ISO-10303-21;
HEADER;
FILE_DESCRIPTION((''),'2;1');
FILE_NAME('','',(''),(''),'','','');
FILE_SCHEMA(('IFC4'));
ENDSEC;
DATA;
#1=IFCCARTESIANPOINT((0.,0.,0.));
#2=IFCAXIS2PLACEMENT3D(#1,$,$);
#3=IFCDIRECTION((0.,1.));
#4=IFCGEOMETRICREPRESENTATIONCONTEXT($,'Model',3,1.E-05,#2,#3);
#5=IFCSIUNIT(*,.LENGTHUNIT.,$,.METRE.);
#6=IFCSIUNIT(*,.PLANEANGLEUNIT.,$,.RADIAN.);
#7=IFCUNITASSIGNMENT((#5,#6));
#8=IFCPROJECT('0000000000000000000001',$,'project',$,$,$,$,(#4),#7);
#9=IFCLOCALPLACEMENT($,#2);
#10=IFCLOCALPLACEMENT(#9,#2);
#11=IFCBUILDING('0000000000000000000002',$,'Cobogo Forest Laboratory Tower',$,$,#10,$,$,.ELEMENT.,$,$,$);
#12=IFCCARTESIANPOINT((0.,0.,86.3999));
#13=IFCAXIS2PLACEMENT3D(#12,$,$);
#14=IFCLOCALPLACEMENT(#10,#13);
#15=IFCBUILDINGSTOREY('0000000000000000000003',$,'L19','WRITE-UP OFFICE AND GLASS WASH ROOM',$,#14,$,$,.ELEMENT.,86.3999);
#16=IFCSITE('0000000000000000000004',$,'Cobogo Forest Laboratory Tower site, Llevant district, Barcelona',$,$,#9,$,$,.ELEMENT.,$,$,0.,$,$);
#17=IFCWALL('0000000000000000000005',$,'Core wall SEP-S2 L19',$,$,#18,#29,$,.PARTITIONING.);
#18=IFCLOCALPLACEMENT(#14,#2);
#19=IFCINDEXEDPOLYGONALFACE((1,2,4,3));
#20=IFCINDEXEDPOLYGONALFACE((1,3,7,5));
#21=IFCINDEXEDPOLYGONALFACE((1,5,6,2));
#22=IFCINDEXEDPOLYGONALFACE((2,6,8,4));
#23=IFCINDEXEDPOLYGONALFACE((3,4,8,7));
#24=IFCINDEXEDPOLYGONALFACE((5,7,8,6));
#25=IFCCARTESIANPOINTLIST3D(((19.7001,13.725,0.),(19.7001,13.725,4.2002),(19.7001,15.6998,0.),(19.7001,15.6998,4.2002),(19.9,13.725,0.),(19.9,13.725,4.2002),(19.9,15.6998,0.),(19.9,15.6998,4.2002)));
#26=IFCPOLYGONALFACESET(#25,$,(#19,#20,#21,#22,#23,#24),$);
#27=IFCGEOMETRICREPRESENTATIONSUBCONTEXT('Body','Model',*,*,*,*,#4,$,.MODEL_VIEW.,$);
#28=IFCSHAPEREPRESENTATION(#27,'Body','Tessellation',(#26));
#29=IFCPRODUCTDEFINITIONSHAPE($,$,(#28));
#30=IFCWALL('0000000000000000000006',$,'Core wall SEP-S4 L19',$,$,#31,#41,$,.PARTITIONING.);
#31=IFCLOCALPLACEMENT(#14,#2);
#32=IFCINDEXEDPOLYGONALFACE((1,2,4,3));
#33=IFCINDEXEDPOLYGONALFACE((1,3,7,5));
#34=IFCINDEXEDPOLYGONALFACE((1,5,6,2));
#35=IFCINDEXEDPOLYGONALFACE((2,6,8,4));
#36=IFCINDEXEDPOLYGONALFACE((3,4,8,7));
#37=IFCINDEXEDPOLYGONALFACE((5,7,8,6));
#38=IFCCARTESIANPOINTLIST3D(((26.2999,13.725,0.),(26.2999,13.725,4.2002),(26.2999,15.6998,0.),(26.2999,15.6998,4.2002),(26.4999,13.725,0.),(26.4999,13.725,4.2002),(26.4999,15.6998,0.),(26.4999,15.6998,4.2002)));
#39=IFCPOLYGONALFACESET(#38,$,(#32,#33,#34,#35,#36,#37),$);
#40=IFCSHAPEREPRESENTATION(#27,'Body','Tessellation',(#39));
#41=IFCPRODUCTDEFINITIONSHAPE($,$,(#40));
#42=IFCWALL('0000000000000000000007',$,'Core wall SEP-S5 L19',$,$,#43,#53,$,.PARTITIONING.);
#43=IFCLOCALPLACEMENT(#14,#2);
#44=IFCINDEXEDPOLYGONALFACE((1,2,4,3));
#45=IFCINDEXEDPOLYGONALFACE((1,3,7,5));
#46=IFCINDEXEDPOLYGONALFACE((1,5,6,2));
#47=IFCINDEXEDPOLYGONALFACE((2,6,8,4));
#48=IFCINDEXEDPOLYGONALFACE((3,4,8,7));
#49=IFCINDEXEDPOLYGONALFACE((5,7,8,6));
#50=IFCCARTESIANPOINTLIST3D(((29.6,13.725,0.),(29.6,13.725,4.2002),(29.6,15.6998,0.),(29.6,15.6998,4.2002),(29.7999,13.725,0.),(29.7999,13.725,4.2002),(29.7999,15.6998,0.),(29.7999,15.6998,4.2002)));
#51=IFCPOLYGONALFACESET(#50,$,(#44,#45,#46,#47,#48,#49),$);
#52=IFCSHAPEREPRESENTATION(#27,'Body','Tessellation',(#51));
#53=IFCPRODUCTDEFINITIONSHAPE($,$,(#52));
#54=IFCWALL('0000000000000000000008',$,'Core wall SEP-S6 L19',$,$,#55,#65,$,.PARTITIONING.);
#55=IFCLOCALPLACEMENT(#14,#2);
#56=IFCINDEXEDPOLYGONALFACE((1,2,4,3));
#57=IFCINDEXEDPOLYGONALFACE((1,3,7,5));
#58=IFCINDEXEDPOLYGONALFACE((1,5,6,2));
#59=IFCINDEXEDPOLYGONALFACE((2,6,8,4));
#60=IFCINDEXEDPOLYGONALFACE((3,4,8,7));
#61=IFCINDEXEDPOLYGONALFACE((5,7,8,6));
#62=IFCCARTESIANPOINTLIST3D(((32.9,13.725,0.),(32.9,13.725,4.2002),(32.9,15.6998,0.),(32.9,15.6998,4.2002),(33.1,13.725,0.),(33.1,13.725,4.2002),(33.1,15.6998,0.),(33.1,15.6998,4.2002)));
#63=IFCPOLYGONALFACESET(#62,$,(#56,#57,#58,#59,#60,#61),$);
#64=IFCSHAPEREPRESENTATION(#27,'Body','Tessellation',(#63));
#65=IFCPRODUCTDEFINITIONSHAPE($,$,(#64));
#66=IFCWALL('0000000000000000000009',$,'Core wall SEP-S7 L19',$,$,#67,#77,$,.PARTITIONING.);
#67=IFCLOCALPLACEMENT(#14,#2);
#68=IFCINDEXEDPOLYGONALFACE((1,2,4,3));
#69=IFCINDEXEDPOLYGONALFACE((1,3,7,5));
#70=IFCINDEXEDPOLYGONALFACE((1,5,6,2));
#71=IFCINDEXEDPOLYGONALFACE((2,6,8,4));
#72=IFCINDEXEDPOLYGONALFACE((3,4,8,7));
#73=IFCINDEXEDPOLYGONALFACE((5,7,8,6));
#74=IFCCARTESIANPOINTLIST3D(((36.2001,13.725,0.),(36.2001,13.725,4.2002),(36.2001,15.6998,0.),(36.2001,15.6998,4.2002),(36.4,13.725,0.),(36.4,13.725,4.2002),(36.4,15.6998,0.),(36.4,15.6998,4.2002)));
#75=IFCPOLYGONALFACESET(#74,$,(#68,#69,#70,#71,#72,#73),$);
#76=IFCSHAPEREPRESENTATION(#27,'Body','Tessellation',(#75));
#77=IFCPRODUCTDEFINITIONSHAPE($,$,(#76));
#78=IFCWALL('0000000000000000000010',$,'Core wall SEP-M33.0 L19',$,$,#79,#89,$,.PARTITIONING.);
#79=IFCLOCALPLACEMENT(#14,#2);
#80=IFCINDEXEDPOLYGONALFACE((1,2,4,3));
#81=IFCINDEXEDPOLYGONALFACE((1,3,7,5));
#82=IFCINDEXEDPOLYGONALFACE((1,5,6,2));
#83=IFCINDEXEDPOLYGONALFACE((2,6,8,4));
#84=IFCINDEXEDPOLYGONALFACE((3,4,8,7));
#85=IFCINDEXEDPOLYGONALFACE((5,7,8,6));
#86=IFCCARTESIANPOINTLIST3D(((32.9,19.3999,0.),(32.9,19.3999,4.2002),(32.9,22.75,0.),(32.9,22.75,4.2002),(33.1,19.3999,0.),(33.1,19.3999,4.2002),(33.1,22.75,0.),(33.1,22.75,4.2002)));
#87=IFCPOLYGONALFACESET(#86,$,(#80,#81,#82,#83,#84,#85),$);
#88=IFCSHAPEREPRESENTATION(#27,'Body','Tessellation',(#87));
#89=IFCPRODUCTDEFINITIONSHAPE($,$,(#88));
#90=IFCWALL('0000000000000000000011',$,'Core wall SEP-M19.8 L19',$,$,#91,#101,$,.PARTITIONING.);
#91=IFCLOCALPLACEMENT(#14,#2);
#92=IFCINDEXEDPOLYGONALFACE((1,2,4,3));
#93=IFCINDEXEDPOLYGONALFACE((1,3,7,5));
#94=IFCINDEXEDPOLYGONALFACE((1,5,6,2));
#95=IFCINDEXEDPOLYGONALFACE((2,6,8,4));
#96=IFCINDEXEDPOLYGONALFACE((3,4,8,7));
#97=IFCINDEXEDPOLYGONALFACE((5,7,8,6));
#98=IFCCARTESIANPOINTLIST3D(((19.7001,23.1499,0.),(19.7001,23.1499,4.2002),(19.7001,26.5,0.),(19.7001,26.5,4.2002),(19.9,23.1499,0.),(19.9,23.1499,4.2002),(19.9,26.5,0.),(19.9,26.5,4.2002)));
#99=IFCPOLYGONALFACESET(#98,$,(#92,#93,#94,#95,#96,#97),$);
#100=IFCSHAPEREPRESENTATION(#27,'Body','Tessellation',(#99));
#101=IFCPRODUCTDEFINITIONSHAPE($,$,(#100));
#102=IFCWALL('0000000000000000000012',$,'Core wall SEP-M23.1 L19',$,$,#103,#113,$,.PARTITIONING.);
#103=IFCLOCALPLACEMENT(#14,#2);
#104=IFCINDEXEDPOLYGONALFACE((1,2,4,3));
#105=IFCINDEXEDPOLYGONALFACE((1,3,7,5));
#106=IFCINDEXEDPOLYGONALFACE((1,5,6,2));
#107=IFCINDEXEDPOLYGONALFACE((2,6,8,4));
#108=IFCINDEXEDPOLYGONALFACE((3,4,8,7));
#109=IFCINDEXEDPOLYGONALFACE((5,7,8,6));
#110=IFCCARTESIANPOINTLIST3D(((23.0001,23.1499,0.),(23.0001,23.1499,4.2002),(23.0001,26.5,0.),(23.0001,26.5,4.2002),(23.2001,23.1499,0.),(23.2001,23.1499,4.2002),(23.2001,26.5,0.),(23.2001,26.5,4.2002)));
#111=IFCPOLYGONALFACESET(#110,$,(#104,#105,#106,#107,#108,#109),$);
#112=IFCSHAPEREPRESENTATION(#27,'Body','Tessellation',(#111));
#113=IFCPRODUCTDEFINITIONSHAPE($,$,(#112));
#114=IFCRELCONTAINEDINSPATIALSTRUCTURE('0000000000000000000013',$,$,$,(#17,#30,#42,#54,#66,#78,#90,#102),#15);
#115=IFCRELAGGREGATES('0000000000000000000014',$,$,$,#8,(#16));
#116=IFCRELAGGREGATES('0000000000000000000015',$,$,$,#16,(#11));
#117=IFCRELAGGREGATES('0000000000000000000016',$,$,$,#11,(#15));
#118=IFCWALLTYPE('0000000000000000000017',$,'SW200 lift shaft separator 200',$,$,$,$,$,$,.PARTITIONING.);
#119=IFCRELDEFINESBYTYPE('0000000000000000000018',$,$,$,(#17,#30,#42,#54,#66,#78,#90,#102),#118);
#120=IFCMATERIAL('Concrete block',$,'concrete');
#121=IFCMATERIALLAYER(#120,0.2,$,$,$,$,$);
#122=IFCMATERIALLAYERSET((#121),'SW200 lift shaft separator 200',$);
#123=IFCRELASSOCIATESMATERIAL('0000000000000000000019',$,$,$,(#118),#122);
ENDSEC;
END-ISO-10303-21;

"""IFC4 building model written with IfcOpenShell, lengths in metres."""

from ifc_helpers import new_model, si_unit, direction, frame, frame_2d, origin, place, context, subcontext, project, spatial, rectangle, extrude, material, layer, layer_set, type_object, element, save


model = new_model("IFC4")

# Units and contexts
model_context = context("Model", 3, precision=1e-05, world=origin(), true_north=direction((0.0, 1.0)))
body_context = subcontext(model_context, "Body", "Model", "MODEL_VIEW")
ifc_project = project(units=[si_unit("LENGTHUNIT", "METRE"), si_unit("PLANEANGLEUNIT", "RADIAN")], contexts=[model_context])

# Site, building, storey
site_placement = place(None, origin())
site = spatial("IfcSite", under=ifc_project, at=site_placement, Name="Cobogo Forest Laboratory Tower site, Llevant district, Barcelona", CompositionType="ELEMENT", RefElevation=0.0)
building_placement = place(site_placement, origin())
building = spatial("IfcBuilding", under=site, at=building_placement, Name="Cobogo Forest Laboratory Tower", CompositionType="ELEMENT")
storey_placement = place(building_placement, frame((0.0, 0.0, 86.3999)))
storey = spatial("IfcBuildingStorey", under=building, at=storey_placement, Name="L19", Description="WRITE-UP OFFICE AND GLASS WASH ROOM", CompositionType="ELEMENT", Elevation=86.3999)

# Walls
ifc_material_1 = material(Name="Concrete block", Category="concrete")
ifc_layer_1 = layer(ifc_material_1, 0.2)
ifc_layer_set_1 = layer_set([ifc_layer_1], Name="SW200 lift shaft separator 200")
wall_type_1 = type_object("IfcWallType", Name="SW200 lift shaft separator 200", PredefinedType="PARTITIONING", material=ifc_layer_set_1)
for number, where, z_axis, x_axis, name in (
    (1, (19.8, 13.7251, 0.0), (0.0, 0.0, 1.0), (0.0, 1.0, 0.0), "Core wall SEP-S2 L19"),
    (2, (26.3999, 13.7251, 0.0), (0.0, 0.0, 1.0), (0.0, 1.0, 0.0), "Core wall SEP-S4 L19"),
    (3, (29.7, 13.7251, 0.0), (0.0, 0.0, 1.0), (0.0, 1.0, 0.0), "Core wall SEP-S5 L19"),
    (4, (33.0, 13.7251, 0.0), (0.0, 0.0, 1.0), (0.0, 1.0, 0.0), "Core wall SEP-S6 L19"),
    (5, (36.3, 13.7251, 0.0), (0.0, 0.0, 1.0), (0.0, 1.0, 0.0), "Core wall SEP-S7 L19"),
):
    element("IfcWall", number, at=place(storey_placement, frame(where, z_axis=z_axis, x_axis=x_axis)), inside=storey, type_object=wall_type_1, Name=name, PredefinedType="PARTITIONING", context=body_context, shape_type="SweptSolid", body=[
        extrude(rectangle(XDim=1.9749, YDim=0.2, at=frame_2d((0.9873, 0.0))), origin(), (0.0, 0.0, 1.0), 4.2002),
    ])
for number, where, z_axis, x_axis, name in (
    (6, (33.0, 19.3999, 0.0), (0.0, 0.0, 1.0), (0.0, 1.0, 0.0), "Core wall SEP-M33.0 L19"),
    (7, (19.8, 23.1499, 0.0), (0.0, 0.0, 1.0), (0.0, 1.0, 0.0), "Core wall SEP-M19.8 L19"),
    (8, (23.1001, 23.1499, 0.0), (0.0, 0.0, 1.0), (0.0, 1.0, 0.0), "Core wall SEP-M23.1 L19"),
):
    element("IfcWall", number, at=place(storey_placement, frame(where, z_axis=z_axis, x_axis=x_axis)), inside=storey, type_object=wall_type_1, Name=name, PredefinedType="PARTITIONING", context=body_context, shape_type="SweptSolid", body=[
        extrude(rectangle(XDim=3.3501, YDim=0.2, at=frame_2d((1.675, 0.0))), origin(), (0.0, 0.0, 1.0), 4.2002),
    ])

save(model, "model.ifc")
